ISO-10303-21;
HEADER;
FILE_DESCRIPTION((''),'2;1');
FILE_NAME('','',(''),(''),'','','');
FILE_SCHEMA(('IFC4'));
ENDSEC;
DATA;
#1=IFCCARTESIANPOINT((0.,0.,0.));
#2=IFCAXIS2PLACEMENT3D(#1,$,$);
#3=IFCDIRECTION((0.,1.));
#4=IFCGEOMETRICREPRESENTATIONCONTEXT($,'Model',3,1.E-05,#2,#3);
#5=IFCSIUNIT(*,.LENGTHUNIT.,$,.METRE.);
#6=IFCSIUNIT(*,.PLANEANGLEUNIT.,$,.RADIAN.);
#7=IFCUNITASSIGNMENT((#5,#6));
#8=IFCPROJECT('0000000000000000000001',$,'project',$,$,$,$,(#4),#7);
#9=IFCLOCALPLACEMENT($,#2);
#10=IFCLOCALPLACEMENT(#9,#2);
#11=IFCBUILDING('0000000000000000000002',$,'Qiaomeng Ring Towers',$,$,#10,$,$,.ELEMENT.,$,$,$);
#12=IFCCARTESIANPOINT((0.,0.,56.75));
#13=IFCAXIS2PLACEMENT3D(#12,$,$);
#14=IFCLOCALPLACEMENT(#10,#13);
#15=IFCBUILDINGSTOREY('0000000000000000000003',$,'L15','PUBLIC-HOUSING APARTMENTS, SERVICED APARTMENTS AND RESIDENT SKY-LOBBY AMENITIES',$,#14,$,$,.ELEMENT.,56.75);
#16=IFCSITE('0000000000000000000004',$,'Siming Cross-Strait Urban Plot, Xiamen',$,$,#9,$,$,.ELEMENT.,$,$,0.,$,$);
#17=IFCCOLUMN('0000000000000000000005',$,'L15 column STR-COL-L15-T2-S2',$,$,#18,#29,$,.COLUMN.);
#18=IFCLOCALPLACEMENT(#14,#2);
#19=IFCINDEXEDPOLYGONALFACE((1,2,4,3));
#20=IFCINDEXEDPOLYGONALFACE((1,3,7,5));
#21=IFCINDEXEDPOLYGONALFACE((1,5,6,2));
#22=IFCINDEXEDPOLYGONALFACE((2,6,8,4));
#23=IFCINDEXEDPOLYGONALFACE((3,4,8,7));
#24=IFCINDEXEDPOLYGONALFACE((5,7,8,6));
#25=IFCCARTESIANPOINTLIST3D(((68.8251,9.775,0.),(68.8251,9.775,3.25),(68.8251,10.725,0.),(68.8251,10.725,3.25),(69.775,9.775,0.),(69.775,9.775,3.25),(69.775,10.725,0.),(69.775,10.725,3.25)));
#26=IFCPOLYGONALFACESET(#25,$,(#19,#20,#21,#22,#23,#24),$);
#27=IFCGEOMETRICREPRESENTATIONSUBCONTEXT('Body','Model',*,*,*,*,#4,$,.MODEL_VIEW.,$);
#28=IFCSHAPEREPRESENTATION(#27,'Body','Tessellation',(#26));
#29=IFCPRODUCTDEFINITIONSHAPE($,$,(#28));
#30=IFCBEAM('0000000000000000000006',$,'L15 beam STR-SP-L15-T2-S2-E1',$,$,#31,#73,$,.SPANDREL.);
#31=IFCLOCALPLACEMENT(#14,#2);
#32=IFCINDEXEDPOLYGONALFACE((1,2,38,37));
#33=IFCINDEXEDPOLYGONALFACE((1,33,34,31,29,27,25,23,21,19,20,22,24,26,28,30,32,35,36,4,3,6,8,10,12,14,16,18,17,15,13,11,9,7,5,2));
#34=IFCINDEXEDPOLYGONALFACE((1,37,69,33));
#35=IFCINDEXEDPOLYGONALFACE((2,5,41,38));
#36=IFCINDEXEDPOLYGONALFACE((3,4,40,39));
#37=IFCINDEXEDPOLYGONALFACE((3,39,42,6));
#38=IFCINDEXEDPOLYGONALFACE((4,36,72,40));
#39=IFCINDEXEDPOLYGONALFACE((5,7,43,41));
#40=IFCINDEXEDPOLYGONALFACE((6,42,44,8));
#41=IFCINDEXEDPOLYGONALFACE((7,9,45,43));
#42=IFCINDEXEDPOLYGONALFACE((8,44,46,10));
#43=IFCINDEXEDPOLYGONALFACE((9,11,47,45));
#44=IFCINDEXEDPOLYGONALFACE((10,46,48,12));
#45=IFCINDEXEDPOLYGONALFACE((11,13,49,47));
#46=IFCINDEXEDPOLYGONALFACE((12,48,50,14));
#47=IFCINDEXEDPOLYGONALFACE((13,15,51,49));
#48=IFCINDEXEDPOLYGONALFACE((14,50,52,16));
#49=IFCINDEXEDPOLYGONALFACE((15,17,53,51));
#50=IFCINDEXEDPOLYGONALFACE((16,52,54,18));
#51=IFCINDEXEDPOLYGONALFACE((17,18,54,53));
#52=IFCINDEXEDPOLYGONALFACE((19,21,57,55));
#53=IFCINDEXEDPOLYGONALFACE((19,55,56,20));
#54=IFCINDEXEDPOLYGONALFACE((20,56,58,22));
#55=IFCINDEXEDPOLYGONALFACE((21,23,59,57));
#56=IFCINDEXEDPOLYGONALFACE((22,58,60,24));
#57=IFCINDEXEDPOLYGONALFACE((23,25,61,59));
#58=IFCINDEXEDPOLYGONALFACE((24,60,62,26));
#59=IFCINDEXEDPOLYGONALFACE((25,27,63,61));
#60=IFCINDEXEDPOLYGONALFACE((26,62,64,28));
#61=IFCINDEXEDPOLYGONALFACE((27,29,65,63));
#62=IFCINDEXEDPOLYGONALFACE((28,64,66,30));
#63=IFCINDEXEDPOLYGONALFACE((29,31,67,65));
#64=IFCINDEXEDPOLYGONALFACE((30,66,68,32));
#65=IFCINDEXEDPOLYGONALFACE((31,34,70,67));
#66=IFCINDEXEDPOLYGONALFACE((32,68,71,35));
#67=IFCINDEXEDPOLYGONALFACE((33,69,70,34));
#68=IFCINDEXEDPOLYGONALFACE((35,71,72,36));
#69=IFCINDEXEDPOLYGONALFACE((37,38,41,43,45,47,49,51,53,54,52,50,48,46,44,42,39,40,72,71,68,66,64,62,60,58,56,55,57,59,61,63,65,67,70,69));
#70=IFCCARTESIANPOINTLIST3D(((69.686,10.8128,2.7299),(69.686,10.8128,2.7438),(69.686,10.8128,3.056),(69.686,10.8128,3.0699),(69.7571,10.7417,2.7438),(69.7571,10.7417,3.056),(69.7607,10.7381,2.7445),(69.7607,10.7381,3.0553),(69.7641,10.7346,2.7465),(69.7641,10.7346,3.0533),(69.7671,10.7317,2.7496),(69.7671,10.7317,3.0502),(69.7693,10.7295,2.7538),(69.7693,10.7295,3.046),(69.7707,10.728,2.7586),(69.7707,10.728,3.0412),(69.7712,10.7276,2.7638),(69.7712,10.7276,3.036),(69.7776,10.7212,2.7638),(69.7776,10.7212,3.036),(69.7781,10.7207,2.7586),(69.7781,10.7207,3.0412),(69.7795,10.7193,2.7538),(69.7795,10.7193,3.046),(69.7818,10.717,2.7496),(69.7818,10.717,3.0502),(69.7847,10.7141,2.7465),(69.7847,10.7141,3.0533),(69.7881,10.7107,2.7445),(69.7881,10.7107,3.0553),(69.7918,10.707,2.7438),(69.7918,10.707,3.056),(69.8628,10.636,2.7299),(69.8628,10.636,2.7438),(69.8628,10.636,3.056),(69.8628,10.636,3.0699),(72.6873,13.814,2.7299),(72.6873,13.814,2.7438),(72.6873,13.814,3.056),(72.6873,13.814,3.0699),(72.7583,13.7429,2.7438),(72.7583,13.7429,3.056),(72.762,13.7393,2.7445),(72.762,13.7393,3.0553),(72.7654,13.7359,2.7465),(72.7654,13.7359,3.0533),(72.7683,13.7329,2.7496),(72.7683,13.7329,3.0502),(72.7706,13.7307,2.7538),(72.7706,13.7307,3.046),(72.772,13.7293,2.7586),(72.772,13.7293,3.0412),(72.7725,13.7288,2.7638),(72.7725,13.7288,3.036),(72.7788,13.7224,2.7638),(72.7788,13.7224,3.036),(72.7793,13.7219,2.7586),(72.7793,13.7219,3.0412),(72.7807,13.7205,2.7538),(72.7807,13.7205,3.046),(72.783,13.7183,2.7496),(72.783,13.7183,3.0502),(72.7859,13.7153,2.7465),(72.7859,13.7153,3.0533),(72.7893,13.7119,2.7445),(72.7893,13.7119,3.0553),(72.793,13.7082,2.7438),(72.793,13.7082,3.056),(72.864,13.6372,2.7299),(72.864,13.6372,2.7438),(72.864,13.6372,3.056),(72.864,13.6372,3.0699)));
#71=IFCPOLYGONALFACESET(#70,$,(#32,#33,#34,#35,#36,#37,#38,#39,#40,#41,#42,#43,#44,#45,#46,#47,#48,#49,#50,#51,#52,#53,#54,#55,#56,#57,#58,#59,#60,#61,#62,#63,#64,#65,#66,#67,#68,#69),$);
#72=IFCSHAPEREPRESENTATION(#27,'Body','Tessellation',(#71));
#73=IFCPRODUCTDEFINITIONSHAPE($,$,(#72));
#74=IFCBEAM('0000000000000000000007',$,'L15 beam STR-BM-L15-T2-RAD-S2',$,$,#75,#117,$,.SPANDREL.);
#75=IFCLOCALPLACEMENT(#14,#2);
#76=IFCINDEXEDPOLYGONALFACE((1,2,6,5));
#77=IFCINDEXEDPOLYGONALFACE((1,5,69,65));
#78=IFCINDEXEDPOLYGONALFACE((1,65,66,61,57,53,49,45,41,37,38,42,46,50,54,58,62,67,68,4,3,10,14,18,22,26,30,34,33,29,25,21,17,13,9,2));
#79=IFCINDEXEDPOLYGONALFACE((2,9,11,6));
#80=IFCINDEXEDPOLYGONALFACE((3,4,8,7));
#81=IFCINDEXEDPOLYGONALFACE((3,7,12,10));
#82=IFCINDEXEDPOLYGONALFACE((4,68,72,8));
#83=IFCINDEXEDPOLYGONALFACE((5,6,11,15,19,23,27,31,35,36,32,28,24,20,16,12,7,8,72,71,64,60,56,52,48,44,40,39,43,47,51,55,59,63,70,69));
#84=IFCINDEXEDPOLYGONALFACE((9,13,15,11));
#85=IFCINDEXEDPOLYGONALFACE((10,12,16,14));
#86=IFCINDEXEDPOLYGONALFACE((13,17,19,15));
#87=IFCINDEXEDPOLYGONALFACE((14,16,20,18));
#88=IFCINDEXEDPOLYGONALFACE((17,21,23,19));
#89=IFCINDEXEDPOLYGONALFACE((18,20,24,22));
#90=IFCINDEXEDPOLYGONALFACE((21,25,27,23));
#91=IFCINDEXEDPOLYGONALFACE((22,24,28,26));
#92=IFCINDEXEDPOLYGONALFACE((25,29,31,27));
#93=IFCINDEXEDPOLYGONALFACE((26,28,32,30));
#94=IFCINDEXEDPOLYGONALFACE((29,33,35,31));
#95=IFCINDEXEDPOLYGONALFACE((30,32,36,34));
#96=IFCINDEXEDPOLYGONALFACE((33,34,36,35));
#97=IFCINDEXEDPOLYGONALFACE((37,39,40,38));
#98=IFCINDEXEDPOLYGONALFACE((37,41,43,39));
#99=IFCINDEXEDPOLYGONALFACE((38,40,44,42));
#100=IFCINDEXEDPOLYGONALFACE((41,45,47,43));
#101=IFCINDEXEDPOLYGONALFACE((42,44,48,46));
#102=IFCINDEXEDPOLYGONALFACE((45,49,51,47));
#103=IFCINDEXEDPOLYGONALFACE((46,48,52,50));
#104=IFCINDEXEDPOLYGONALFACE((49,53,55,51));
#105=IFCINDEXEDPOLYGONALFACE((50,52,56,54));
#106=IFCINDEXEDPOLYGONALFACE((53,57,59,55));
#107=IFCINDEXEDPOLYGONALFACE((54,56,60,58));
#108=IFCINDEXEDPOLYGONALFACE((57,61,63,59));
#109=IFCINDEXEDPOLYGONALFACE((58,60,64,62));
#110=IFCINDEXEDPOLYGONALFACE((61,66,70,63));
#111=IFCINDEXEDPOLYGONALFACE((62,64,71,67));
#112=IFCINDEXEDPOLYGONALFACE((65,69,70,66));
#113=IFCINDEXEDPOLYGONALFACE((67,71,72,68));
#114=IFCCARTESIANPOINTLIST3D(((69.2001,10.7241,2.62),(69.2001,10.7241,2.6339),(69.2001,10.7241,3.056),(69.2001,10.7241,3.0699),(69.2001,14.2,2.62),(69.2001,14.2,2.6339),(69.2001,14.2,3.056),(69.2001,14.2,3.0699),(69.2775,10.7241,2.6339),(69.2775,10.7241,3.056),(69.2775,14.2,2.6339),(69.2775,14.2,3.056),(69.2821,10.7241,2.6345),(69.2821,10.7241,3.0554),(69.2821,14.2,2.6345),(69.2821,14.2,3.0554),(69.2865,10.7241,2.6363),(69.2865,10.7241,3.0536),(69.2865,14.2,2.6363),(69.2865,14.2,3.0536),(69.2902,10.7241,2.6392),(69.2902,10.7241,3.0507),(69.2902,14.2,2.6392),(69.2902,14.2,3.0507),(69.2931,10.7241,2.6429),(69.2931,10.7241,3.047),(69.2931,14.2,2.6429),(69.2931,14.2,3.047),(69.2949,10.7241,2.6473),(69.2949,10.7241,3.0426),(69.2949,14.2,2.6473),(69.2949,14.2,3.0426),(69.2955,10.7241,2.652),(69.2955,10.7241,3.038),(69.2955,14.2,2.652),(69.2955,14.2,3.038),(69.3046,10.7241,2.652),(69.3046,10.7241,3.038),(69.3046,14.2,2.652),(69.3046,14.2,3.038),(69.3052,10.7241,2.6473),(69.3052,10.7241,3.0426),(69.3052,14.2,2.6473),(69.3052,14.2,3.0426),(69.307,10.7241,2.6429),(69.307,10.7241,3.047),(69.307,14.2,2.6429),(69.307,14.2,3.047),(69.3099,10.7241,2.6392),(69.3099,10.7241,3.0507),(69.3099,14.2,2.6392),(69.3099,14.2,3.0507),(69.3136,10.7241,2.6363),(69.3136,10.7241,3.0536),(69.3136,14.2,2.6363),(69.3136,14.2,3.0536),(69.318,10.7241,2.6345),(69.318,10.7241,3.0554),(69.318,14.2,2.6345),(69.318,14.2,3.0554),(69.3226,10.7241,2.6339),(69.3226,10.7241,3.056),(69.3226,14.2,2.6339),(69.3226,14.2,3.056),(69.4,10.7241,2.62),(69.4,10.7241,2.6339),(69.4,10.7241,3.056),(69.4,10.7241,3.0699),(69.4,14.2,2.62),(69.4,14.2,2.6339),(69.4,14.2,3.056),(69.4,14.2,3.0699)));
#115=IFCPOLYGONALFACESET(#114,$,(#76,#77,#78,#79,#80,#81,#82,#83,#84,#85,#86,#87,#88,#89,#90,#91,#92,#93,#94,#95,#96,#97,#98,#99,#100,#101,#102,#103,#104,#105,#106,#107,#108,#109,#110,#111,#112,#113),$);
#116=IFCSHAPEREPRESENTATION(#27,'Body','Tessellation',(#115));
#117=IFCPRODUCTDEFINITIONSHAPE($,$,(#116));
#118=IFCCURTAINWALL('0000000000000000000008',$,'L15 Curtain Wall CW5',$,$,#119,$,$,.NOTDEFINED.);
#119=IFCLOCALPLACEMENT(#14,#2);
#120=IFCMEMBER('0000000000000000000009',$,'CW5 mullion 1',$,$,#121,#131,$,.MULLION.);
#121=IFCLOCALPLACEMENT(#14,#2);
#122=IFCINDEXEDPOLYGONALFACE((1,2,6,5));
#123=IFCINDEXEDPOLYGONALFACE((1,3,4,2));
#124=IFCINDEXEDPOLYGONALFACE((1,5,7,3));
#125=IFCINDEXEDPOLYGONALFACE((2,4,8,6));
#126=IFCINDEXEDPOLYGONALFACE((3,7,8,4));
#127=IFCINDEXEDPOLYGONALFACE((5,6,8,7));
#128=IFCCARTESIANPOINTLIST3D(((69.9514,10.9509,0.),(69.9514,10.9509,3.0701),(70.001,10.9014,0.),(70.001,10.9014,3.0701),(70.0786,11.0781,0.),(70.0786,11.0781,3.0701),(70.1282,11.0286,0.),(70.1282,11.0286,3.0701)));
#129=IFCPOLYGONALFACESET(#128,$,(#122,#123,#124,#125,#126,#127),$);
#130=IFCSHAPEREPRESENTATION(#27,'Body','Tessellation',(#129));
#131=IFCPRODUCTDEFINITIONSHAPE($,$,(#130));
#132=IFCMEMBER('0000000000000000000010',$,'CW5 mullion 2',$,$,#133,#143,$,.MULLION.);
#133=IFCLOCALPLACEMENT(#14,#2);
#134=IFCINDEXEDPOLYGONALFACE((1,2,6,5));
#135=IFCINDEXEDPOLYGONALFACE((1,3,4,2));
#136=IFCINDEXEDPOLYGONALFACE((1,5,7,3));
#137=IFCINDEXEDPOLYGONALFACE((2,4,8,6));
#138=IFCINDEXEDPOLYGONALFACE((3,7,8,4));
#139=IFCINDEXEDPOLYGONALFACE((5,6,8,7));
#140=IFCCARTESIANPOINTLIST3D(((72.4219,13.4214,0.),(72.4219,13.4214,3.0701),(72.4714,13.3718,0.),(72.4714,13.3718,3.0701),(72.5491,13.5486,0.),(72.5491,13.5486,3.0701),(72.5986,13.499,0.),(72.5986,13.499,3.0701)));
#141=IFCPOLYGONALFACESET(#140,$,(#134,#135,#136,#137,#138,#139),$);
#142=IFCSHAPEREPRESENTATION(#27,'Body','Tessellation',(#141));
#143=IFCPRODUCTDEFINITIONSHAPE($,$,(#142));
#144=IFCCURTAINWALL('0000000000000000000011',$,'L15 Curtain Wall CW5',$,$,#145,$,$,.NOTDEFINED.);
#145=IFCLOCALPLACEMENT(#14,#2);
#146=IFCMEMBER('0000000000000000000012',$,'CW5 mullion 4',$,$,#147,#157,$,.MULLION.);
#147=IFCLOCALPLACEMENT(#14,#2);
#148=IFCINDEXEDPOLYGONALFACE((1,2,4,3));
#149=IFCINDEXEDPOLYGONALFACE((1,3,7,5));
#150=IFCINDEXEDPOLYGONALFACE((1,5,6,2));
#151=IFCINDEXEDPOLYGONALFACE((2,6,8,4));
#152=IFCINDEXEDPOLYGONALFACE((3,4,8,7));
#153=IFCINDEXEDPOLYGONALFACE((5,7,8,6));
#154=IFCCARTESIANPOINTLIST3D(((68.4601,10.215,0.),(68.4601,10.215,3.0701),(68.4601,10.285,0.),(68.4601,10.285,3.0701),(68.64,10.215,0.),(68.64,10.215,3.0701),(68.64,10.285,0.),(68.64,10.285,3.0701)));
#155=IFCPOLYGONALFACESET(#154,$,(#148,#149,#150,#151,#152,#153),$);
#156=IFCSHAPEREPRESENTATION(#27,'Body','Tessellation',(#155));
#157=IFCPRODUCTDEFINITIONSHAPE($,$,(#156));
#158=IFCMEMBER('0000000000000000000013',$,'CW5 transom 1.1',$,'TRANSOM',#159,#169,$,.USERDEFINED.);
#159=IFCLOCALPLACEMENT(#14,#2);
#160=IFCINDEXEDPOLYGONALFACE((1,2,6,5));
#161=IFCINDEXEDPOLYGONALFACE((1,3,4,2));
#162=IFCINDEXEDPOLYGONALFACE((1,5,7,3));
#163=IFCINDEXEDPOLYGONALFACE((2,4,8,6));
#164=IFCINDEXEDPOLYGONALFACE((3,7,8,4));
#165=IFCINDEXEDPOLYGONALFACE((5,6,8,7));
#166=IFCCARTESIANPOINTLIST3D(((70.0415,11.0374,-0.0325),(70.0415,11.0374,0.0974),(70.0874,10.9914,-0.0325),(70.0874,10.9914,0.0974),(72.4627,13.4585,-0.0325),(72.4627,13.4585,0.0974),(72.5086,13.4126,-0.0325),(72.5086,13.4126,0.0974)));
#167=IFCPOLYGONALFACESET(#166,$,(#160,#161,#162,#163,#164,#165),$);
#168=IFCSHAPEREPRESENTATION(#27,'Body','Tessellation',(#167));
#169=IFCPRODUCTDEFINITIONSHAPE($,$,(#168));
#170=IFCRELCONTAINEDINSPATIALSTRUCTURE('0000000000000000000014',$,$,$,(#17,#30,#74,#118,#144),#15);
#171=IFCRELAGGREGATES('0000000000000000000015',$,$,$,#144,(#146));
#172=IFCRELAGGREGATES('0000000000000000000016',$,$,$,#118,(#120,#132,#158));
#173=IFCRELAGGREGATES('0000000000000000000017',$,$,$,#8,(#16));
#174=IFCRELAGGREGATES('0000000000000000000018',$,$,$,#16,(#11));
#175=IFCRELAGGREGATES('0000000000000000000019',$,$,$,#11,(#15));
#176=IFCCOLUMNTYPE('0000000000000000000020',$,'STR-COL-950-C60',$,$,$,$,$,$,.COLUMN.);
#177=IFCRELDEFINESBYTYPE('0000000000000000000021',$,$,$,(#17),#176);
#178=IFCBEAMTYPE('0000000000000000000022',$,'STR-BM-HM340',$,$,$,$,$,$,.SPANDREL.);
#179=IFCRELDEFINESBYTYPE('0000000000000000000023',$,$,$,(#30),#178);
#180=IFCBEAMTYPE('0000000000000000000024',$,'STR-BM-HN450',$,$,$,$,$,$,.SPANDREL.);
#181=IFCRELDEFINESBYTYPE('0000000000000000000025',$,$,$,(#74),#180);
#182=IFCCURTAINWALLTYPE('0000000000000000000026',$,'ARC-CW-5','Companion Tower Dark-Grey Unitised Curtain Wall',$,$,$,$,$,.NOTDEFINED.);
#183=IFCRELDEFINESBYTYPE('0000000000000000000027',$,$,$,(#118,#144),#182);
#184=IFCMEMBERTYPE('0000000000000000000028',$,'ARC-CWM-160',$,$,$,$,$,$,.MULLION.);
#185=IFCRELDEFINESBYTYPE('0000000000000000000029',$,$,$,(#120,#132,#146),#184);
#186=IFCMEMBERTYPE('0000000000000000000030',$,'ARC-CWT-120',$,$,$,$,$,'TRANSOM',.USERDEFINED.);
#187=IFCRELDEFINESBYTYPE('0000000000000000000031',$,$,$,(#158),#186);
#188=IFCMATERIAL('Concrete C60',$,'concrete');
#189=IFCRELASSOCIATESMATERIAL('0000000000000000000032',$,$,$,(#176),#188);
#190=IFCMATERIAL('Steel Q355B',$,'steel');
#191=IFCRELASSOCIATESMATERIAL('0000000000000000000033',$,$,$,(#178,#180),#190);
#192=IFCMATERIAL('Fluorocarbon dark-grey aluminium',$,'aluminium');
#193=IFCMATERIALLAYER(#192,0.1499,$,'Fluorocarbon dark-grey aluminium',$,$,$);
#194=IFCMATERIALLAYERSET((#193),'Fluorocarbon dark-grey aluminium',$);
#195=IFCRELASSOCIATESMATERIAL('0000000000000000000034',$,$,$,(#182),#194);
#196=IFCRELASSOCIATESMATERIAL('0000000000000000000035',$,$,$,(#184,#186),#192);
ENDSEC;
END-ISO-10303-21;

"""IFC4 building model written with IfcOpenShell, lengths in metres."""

from ifc_helpers import new_model, si_unit, direction, frame, origin, origin_2d, place, context, subcontext, project, spatial, rectangle, i_section, extrude, source, transform, mapped, material, layer, layer_set, material_profile, profile_set, type_object, element, aggregate, save


model = new_model("IFC4")

# Units and contexts
model_context = context("Model", 3, precision=1e-05, world=origin(), true_north=direction((0.0, 1.0)))
body_context = subcontext(model_context, "Body", "Model", "MODEL_VIEW")
ifc_project = project(units=[si_unit("LENGTHUNIT", "METRE"), si_unit("PLANEANGLEUNIT", "RADIAN")], contexts=[model_context])

# Site, building, storey
site_placement = place(None, origin())
site = spatial("IfcSite", under=ifc_project, at=site_placement, Name="Siming Cross-Strait Urban Plot, Xiamen", CompositionType="ELEMENT", RefElevation=0.0)
building_placement = place(site_placement, origin())
building = spatial("IfcBuilding", under=site, at=building_placement, Name="Qiaomeng Ring Towers", CompositionType="ELEMENT")
storey_placement = place(building_placement, frame((0.0, 0.0, 56.75)))
storey = spatial("IfcBuildingStorey", under=building, at=storey_placement, Name="L15", Description="PUBLIC-HOUSING APARTMENTS, SERVICED APARTMENTS AND RESIDENT SKY-LOBBY AMENITIES", CompositionType="ELEMENT", Elevation=56.75)

# Column
ifc_material_1 = material(Name="Concrete C60", Category="concrete")
ifc_material_profile_1 = material_profile(ifc_material_1, rectangle(XDim=0.95, YDim=0.95, at=origin_2d()), Name="RC COL 950x950")
ifc_profile_set_1 = profile_set([ifc_material_profile_1], Name="Concrete C60")
column_type = type_object("IfcColumnType", Name="STR-COL-950-C60", PredefinedType="COLUMN", material=ifc_profile_set_1)
shared_shape_1 = source(origin(), body_context, "Body", "SweptSolid", [
    extrude(rectangle(XDim=0.95, YDim=0.95, at=origin_2d()), origin(), (0.0, 0.0, 1.0), 3.25),
])
column_placement = place(storey_placement, frame((69.3, 10.25, 0.0), z_axis=(0.0, 0.0, 1.0), x_axis=(1.0, 0.0, 0.0)))
element("IfcColumn", 1, at=column_placement, inside=storey, type_object=column_type, Name="L15 column STR-COL-L15-T2-S2", PredefinedType="COLUMN", context=body_context, shape_type="MappedRepresentation", body=[
    mapped(shared_shape_1, transform((0.0, 0.0, 0.0), x_axis=(1.0, 0.0, 0.0), y_axis=(0.0, 1.0, 0.0), z_axis=(0.0, 0.0, 1.0), scale=1.0)),
])

# Beams
ifc_material_2 = material(Name="Steel Q355B", Category="steel")
ifc_material_profile_2 = material_profile(ifc_material_2, i_section(OverallWidth=0.25, OverallDepth=0.3401, WebThickness=0.009, FlangeThickness=0.0139, FilletRadius=0.02, at=origin_2d()), Name="HM 340x250x9x14")
ifc_profile_set_2 = profile_set([ifc_material_profile_2], Name="Steel Q355B")
beam_type_1 = type_object("IfcBeamType", Name="STR-BM-HM340", PredefinedType="SPANDREL", material=ifc_profile_set_2)
shared_shape_2 = source(origin(), body_context, "Body", "SweptSolid", [
    extrude(i_section(OverallWidth=0.25, OverallDepth=0.3401, WebThickness=0.009, FlangeThickness=0.0139, FilletRadius=0.02, at=origin_2d()), origin(), (0.0, 0.0, 1.0), 4.2444),
])
beam_1_placement = place(storey_placement, frame((69.7744, 10.7244, 2.8999), z_axis=(0.707107, 0.707107, 0.0), x_axis=(-0.707107, 0.707107, 0.0)))
element("IfcBeam", 2, at=beam_1_placement, inside=storey, type_object=beam_type_1, Name="L15 beam STR-SP-L15-T2-S2-E1", PredefinedType="SPANDREL", context=body_context, shape_type="MappedRepresentation", body=[
    mapped(shared_shape_2, transform((0.0, 0.0, 0.0), x_axis=(1.0, 0.0, 0.0), y_axis=(0.0, 1.0, 0.0), z_axis=(0.0, 0.0, 1.0), scale=1.0)),
])
ifc_material_profile_3 = material_profile(ifc_material_2, i_section(OverallWidth=0.2, OverallDepth=0.45, WebThickness=0.009, FlangeThickness=0.0139, FilletRadius=0.0181, at=origin_2d()), Name="HN 450x200x9x14")
ifc_profile_set_3 = profile_set([ifc_material_profile_3], Name="Steel Q355B")
beam_type_2 = type_object("IfcBeamType", Name="STR-BM-HN450", PredefinedType="SPANDREL", material=ifc_profile_set_3)
shared_shape_3 = source(origin(), body_context, "Body", "SweptSolid", [
    extrude(i_section(OverallWidth=0.2, OverallDepth=0.45, WebThickness=0.009, FlangeThickness=0.0139, FilletRadius=0.0181, at=origin_2d()), origin(), (0.0, 0.0, 1.0), 3.4758),
])
beam_2_placement = place(storey_placement, frame((69.3, 10.7241, 2.845), z_axis=(0.0, 1.0, 0.0), x_axis=(-1.0, 0.0, 0.0)))
element("IfcBeam", 3, at=beam_2_placement, inside=storey, type_object=beam_type_2, Name="L15 beam STR-BM-L15-T2-RAD-S2", PredefinedType="SPANDREL", context=body_context, shape_type="MappedRepresentation", body=[
    mapped(shared_shape_3, transform((0.0, 0.0, 0.0), x_axis=(1.0, 0.0, 0.0), y_axis=(0.0, 1.0, 0.0), z_axis=(0.0, 0.0, 1.0), scale=1.0)),
])

# Curtain wall, members
ifc_material_3 = material(Name="Fluorocarbon dark-grey aluminium", Category="aluminium")
ifc_layer_1 = layer(ifc_material_3, 0.1499, Name="Fluorocarbon dark-grey aluminium")
ifc_layer_set_1 = layer_set([ifc_layer_1], Name="Fluorocarbon dark-grey aluminium")
curtain_wall_type = type_object("IfcCurtainWallType", Name="ARC-CW-5", Description="Companion Tower Dark-Grey Unitised Curtain Wall", PredefinedType="NOTDEFINED", material=ifc_layer_set_1)
curtain_wall_1_placement = place(storey_placement, origin())
curtain_wall_1 = element("IfcCurtainWall", 4, at=curtain_wall_1_placement, inside=storey, type_object=curtain_wall_type, Name="L15 Curtain Wall CW5", PredefinedType="NOTDEFINED")
ifc_material_profile_4 = material_profile(ifc_material_3, rectangle(XDim=0.0701, YDim=0.1799, at=origin_2d()), Name="ALU MULL 70x180")
ifc_profile_set_4 = profile_set([ifc_material_profile_4], Name="Fluorocarbon dark-grey aluminium")
member_type_1 = type_object("IfcMemberType", Name="ARC-CWM-160", PredefinedType="MULLION", material=ifc_profile_set_4)
shared_shape_4 = source(origin(), body_context, "Body", "SweptSolid", [
    extrude(rectangle(XDim=0.0701, YDim=0.1799, at=origin_2d()), origin(), (0.0, 0.0, 1.0), 3.0701),
])
member_1_placement = place(storey_placement, frame((70.0398, 10.9897, 0.0), z_axis=(0.0, 0.0, 1.0), x_axis=(-0.707107, 0.707107, 0.0)))
member_1 = element("IfcMember", 5, at=member_1_placement, type_object=member_type_1, Name="CW5 mullion 1", PredefinedType="MULLION", context=body_context, shape_type="MappedRepresentation", body=[
    mapped(shared_shape_4, transform((0.0, 0.0, 0.0), x_axis=(1.0, 0.0, 0.0), y_axis=(0.0, 1.0, 0.0), z_axis=(0.0, 0.0, 1.0), scale=1.0)),
])
member_2_placement = place(storey_placement, frame((72.5103, 13.4602, 0.0), z_axis=(0.0, 0.0, 1.0), x_axis=(-0.707107, 0.707107, 0.0)))
member_2 = element("IfcMember", 6, at=member_2_placement, type_object=member_type_1, Name="CW5 mullion 2", PredefinedType="MULLION", context=body_context, shape_type="MappedRepresentation", body=[
    mapped(shared_shape_4, transform((0.0, 0.0, 0.0), x_axis=(1.0, 0.0, 0.0), y_axis=(0.0, 1.0, 0.0), z_axis=(0.0, 0.0, 1.0), scale=1.0)),
])

# Curtain wall, member
curtain_wall_2_placement = place(storey_placement, origin())
curtain_wall_2 = element("IfcCurtainWall", 7, at=curtain_wall_2_placement, inside=storey, type_object=curtain_wall_type, Name="L15 Curtain Wall CW5", PredefinedType="NOTDEFINED")
member_3_placement = place(storey_placement, frame((68.55, 10.25, 0.0), z_axis=(0.0, 0.0, 1.0), x_axis=(0.0, 1.0, 0.0)))
member_3 = element("IfcMember", 8, at=member_3_placement, type_object=member_type_1, Name="CW5 mullion 4", PredefinedType="MULLION", context=body_context, shape_type="MappedRepresentation", body=[
    mapped(shared_shape_4, transform((0.0, 0.0, 0.0), x_axis=(1.0, 0.0, 0.0), y_axis=(0.0, 1.0, 0.0), z_axis=(0.0, 0.0, 1.0), scale=1.0)),
])
aggregate(curtain_wall_2, [member_3])

# Member
ifc_material_profile_5 = material_profile(ifc_material_3, rectangle(XDim=0.0649, YDim=0.1299, at=origin_2d()), Name="ALU TRAN 65x130")
ifc_profile_set_5 = profile_set([ifc_material_profile_5], Name="Fluorocarbon dark-grey aluminium")
member_type_2 = type_object("IfcMemberType", Name="ARC-CWT-120", ElementType="TRANSOM", PredefinedType="USERDEFINED", material=ifc_profile_set_5)
shared_shape_5 = source(origin(), body_context, "Body", "SweptSolid", [
    extrude(rectangle(XDim=0.0649, YDim=0.1299, at=origin_2d()), origin(), (0.0, 0.0, 1.0), 3.4241),
])
member_4_placement = place(storey_placement, frame((70.0645, 11.0144, 0.0325), z_axis=(0.707107, 0.707107, 0.0), x_axis=(-0.707107, 0.707107, 0.0)))
member_4 = element("IfcMember", 9, at=member_4_placement, type_object=member_type_2, Name="CW5 transom 1.1", ObjectType="TRANSOM", PredefinedType="USERDEFINED", context=body_context, shape_type="MappedRepresentation", body=[
    mapped(shared_shape_5, transform((0.0, 0.0, 0.0), x_axis=(1.0, 0.0, 0.0), y_axis=(0.0, 1.0, 0.0), z_axis=(0.0, 0.0, 1.0), scale=1.0)),
])

aggregate(curtain_wall_1, [member_1, member_2, member_4])

save(model, "model.ifc")
